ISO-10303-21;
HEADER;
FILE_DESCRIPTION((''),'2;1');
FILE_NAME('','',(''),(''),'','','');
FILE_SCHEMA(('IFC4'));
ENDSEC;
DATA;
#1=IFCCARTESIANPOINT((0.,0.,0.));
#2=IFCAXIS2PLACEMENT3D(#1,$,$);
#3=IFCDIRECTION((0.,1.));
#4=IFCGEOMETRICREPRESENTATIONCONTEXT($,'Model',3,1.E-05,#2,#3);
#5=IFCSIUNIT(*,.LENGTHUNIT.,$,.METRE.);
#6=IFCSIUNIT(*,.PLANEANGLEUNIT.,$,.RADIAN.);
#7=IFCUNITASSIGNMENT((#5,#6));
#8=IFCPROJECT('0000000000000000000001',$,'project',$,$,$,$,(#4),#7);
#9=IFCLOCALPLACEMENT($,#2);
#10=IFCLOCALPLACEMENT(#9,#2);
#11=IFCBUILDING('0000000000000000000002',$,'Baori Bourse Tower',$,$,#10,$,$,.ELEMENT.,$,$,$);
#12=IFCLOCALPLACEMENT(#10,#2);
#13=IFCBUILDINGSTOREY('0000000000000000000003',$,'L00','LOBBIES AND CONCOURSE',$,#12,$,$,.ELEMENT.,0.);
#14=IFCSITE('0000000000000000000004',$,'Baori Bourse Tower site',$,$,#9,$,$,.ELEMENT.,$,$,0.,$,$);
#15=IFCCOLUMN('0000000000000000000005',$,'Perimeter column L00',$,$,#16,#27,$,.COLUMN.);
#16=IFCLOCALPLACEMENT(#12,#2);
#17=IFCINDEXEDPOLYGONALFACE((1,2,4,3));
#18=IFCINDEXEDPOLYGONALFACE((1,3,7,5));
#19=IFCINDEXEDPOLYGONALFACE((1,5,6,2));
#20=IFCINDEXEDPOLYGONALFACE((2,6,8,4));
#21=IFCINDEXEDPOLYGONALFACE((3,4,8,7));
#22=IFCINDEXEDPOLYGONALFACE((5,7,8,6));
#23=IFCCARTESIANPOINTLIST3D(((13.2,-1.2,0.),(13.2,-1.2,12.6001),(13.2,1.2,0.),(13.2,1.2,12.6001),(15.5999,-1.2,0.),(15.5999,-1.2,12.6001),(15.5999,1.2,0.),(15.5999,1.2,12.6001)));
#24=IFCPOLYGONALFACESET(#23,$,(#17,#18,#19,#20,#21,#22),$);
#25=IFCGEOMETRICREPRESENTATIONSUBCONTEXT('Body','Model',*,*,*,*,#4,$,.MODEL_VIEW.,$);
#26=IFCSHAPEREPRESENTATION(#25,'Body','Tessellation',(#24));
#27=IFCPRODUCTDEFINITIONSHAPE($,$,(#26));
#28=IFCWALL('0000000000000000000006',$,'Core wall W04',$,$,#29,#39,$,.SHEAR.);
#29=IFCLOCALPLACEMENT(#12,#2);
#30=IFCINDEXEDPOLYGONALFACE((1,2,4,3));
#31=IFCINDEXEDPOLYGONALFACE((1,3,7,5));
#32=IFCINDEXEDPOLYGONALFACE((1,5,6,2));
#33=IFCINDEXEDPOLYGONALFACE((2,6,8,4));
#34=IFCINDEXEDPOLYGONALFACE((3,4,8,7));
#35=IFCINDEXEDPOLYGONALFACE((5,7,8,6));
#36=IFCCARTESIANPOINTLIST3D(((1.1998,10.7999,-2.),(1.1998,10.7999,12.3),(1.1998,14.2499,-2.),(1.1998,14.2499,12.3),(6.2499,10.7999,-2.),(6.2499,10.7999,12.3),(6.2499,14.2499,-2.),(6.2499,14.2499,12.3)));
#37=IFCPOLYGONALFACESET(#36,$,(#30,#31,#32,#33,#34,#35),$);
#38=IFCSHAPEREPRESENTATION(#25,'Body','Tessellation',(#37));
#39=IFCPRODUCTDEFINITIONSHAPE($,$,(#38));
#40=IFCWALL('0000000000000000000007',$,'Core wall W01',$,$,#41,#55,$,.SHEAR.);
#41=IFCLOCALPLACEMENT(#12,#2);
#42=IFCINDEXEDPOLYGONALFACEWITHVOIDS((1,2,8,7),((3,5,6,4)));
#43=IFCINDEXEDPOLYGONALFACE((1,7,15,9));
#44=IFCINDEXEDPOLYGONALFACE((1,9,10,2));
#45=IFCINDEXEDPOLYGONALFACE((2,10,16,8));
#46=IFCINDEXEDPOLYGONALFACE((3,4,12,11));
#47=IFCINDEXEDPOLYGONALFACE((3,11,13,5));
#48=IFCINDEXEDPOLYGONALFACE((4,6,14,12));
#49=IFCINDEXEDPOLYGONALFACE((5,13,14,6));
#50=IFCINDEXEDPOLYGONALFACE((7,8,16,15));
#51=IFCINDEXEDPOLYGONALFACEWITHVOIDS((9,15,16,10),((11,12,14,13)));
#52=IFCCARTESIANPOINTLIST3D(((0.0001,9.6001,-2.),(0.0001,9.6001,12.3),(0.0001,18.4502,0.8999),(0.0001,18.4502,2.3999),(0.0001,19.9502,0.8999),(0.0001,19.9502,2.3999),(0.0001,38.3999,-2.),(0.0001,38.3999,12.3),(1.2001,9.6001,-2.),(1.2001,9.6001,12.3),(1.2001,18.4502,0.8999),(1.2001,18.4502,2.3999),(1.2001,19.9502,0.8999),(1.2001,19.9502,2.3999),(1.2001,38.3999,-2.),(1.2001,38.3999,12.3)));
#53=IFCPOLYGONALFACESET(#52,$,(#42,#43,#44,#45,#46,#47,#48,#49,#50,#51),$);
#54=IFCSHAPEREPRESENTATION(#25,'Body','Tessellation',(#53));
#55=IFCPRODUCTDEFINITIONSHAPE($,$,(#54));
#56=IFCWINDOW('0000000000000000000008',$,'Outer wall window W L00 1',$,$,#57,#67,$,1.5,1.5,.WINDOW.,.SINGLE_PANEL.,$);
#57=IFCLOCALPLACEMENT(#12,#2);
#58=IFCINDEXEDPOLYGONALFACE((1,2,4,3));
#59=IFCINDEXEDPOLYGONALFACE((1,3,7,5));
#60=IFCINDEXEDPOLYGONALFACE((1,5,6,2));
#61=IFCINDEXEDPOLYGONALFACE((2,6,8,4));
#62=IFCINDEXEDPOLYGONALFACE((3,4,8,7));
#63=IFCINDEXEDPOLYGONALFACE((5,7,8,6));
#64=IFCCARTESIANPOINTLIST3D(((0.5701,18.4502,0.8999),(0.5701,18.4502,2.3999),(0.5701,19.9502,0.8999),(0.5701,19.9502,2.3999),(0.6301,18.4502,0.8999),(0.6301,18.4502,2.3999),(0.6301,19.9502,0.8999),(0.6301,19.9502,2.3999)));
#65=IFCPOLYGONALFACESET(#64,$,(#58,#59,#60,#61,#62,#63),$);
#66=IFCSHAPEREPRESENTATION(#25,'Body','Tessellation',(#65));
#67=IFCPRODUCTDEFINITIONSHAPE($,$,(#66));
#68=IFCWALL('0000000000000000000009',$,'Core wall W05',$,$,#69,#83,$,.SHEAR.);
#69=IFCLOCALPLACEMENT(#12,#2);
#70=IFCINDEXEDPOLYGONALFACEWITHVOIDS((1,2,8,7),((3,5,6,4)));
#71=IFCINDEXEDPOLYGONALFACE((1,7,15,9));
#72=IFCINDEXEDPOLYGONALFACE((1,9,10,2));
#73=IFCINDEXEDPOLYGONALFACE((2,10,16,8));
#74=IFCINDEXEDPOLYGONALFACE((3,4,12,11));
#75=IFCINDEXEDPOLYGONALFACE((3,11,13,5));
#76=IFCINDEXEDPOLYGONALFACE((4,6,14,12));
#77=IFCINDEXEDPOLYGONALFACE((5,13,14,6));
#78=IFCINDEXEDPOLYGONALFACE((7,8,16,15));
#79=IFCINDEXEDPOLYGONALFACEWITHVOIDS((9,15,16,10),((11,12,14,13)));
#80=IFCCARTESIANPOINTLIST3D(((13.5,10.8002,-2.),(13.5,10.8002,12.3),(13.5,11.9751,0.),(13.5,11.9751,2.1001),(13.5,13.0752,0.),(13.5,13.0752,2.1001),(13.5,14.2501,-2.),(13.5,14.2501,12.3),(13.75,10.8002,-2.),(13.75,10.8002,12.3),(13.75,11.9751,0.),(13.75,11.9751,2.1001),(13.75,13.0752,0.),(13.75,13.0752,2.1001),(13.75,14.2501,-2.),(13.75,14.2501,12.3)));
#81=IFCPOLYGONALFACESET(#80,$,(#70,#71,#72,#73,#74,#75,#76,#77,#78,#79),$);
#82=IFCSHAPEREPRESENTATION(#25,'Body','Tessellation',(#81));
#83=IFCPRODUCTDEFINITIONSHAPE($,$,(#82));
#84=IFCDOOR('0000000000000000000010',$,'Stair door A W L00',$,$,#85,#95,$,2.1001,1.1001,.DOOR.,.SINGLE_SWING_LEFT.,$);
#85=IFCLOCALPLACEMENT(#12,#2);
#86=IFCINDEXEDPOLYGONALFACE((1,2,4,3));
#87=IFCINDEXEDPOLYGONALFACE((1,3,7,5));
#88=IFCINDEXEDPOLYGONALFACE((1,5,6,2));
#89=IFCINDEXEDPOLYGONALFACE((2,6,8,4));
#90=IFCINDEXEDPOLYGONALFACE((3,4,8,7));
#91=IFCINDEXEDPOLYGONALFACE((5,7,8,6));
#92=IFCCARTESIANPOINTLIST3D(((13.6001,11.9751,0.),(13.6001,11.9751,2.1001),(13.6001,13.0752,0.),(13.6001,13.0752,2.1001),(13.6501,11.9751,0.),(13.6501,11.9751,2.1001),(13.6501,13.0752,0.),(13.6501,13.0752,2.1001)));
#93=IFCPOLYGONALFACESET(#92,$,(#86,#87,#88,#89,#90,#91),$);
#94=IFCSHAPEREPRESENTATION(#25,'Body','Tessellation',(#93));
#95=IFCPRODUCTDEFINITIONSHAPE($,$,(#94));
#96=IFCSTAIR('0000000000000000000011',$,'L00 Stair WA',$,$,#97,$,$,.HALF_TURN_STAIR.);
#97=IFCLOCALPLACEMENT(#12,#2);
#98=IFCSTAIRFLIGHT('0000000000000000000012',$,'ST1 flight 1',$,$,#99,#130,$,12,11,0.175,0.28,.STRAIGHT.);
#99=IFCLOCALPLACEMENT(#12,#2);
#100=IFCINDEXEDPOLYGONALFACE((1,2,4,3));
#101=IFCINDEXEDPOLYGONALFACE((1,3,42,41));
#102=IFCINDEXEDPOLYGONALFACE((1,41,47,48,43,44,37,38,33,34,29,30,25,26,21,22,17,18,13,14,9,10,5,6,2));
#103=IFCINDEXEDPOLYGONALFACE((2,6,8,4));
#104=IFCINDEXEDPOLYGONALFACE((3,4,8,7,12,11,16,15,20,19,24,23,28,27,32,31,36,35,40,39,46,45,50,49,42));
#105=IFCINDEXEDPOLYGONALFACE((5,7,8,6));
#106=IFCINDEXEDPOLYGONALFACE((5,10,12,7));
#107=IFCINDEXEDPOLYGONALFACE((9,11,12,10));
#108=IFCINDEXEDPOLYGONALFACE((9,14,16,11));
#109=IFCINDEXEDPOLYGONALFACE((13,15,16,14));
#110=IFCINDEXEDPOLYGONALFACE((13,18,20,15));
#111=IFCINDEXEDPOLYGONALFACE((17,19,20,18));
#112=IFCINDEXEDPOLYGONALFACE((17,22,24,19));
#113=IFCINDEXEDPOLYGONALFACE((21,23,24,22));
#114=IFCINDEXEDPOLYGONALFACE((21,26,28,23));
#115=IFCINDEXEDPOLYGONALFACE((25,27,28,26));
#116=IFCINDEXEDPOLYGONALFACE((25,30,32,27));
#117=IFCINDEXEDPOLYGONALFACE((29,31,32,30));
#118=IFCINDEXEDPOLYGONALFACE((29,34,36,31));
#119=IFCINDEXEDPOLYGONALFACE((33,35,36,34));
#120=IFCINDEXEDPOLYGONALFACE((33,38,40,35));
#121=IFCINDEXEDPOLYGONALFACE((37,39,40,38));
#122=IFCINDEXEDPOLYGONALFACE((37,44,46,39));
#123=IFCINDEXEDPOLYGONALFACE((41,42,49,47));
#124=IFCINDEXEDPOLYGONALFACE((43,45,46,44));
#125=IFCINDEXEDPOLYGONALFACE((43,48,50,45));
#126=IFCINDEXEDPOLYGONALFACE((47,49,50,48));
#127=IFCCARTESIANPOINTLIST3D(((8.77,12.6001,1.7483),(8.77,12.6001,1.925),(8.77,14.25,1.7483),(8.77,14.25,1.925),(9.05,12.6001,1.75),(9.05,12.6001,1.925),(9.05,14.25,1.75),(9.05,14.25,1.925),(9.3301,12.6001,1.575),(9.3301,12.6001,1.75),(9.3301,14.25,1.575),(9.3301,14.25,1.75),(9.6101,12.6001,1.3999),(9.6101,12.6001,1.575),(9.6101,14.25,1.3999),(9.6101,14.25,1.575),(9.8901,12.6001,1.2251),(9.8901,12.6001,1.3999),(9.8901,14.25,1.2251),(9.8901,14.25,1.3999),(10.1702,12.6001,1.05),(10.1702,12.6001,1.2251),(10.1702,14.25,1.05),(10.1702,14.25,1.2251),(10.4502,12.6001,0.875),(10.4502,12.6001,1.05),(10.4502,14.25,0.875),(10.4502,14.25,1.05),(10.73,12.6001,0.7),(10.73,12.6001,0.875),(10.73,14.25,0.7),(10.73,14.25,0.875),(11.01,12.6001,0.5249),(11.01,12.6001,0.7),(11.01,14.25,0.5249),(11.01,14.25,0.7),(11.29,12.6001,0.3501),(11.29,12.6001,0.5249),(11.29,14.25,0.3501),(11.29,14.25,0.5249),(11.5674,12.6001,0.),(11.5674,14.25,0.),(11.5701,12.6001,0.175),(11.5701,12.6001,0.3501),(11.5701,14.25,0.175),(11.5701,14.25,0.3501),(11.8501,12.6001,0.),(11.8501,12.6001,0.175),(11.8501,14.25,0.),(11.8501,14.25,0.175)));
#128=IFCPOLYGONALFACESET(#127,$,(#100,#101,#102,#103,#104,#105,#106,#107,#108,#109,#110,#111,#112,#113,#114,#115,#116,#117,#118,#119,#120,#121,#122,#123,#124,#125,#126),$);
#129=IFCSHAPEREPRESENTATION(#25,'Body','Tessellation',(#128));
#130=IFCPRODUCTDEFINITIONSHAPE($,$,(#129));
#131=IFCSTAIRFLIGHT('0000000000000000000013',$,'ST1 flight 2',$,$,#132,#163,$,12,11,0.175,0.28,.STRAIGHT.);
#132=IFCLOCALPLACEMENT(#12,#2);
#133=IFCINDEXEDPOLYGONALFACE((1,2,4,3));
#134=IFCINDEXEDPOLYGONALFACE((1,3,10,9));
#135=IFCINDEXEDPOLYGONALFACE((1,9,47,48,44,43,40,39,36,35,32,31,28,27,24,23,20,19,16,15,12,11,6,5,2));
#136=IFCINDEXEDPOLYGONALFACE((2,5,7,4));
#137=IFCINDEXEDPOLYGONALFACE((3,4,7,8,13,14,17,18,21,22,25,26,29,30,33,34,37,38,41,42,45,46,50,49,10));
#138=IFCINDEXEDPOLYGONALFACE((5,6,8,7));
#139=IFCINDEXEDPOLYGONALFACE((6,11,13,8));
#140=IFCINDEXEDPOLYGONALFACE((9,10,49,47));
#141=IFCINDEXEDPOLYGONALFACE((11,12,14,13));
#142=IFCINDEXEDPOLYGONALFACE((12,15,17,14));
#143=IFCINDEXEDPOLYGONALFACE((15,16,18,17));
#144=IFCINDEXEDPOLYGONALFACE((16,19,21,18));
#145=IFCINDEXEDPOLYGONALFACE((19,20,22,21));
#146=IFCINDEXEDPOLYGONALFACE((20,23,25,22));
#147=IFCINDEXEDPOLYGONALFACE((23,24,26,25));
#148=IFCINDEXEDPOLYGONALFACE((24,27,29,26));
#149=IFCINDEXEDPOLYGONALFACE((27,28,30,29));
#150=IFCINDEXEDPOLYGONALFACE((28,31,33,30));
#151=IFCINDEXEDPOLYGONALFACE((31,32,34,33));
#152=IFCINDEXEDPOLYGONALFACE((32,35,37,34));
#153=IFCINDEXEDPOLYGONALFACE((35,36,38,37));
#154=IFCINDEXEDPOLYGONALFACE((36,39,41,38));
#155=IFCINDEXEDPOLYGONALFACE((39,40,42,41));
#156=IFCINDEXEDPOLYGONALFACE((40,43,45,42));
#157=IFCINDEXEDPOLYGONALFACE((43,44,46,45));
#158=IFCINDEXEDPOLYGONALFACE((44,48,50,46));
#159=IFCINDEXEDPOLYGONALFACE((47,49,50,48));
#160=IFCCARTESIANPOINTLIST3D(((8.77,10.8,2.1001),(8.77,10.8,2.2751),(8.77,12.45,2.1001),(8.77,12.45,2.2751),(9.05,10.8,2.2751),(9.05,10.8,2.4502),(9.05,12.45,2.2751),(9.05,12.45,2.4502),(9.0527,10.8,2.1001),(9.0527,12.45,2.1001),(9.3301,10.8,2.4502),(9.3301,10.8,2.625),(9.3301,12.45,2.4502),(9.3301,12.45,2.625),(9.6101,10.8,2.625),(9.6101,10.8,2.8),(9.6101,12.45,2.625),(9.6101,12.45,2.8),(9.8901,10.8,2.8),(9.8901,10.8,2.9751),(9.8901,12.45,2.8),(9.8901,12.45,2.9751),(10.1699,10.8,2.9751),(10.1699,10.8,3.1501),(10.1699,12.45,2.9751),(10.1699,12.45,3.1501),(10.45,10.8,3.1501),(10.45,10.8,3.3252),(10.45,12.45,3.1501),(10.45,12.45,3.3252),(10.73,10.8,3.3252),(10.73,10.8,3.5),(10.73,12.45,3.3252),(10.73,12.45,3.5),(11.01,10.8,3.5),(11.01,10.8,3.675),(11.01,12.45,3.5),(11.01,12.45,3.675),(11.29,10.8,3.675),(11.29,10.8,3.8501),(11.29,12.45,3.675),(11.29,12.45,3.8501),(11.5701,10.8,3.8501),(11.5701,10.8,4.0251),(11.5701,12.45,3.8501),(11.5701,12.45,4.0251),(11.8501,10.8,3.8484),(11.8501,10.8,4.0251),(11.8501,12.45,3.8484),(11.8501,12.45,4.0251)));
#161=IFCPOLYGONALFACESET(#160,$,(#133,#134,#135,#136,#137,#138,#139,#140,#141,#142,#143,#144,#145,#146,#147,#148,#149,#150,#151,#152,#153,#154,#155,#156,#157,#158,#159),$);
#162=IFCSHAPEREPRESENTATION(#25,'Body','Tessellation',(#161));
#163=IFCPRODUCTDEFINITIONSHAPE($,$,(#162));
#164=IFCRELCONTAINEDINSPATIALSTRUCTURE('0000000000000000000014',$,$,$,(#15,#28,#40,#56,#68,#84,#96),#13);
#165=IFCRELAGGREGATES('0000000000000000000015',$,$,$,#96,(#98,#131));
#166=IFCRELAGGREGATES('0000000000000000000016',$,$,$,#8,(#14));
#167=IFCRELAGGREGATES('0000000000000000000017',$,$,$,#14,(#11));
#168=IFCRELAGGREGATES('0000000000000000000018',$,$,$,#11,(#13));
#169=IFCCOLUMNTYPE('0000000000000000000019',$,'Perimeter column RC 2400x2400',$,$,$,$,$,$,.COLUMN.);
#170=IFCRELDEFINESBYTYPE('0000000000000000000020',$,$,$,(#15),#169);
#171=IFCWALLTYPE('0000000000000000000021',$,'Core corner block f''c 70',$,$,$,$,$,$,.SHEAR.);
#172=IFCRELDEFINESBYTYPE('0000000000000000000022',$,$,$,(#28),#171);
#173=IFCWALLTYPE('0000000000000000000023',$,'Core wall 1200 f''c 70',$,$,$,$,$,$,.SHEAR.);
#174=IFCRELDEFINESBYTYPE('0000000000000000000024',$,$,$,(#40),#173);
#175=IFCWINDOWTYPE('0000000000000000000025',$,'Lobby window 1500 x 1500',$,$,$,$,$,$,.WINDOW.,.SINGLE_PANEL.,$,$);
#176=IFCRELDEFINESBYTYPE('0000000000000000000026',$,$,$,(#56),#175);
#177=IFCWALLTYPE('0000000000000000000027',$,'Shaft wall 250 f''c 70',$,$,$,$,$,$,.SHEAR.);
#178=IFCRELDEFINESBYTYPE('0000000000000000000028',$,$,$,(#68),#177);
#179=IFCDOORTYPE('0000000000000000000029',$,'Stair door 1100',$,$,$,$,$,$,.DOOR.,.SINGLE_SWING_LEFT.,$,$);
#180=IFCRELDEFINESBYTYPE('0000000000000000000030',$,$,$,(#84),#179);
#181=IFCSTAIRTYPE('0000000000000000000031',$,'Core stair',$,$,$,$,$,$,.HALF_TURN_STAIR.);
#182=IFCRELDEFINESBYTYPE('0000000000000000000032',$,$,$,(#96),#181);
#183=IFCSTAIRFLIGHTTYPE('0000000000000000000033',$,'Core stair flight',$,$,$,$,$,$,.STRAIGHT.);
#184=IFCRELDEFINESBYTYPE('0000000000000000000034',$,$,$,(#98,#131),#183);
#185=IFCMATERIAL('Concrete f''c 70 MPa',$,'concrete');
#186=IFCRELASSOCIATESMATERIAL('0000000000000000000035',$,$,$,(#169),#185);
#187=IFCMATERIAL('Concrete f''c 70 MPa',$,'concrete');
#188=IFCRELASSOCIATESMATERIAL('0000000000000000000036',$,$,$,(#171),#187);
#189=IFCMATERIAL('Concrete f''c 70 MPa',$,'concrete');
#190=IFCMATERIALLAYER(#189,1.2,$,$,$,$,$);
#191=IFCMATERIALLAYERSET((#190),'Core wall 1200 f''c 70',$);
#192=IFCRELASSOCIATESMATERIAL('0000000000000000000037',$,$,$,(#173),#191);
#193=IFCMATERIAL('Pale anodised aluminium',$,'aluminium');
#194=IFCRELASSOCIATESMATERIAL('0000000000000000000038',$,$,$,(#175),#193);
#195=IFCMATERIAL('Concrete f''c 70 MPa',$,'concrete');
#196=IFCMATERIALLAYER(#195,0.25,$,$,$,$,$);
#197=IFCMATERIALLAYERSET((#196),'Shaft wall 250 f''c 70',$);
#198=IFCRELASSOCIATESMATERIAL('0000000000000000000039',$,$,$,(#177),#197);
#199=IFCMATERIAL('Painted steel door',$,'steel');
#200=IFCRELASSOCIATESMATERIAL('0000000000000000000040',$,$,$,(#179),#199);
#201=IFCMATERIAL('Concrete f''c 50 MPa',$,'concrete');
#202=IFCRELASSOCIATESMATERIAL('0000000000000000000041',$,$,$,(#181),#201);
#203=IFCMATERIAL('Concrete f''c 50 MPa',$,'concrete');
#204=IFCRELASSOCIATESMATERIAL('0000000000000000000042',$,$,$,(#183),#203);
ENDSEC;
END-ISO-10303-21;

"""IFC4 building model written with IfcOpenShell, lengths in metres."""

from ifc_helpers import new_model, si_unit, direction, frame, frame_2d, origin, origin_2d, place, context, subcontext, project, spatial, polyline, rectangle, outline, extrude, material, layer, layer_set, material_profile, profile_set, type_object, element, fill, aggregate, save


model = new_model("IFC4")

# Units and contexts
model_context = context("Model", 3, precision=1e-05, world=origin(), true_north=direction((0.0, 1.0)))
body_context = subcontext(model_context, "Body", "Model", "MODEL_VIEW")
ifc_project = project(units=[si_unit("LENGTHUNIT", "METRE"), si_unit("PLANEANGLEUNIT", "RADIAN")], contexts=[model_context])

# Site, building, storey
site_placement = place(None, origin())
site = spatial("IfcSite", under=ifc_project, at=site_placement, Name="Baori Bourse Tower site", CompositionType="ELEMENT", RefElevation=0.0)
building_placement = place(site_placement, origin())
building = spatial("IfcBuilding", under=site, at=building_placement, Name="Baori Bourse Tower", CompositionType="ELEMENT")
storey_placement = place(building_placement, origin())
storey = spatial("IfcBuildingStorey", under=building, at=storey_placement, Name="L00", Description="LOBBIES AND CONCOURSE", CompositionType="ELEMENT", Elevation=0.0)

# Column
ifc_material_1 = material(Name="Concrete f'c 70 MPa", Category="concrete")
ifc_material_profile_1 = material_profile(ifc_material_1, rectangle(XDim=2.3999, YDim=2.3999, at=origin_2d()), Name="RC 2400x2400")
ifc_profile_set_1 = profile_set([ifc_material_profile_1], Name="Concrete f'c 70 MPa")
column_type_1 = type_object("IfcColumnType", Name="Perimeter column RC 2400x2400", PredefinedType="COLUMN", material=ifc_profile_set_1)
for number, where, z_axis, x_axis, name in (
    (1, (14.3999, 0.0, 0.0), (0.0, 0.0, 1.0), (1.0, 0.0, 0.0), "Perimeter column L00"),
):
    element("IfcColumn", number, at=place(storey_placement, frame(where, z_axis=z_axis, x_axis=x_axis)), inside=storey, type_object=column_type_1, Name=name, PredefinedType="COLUMN", context=body_context, shape_type="SweptSolid", body=[
        extrude(rectangle(XDim=2.3999, YDim=2.3999, at=origin_2d()), origin(), (0.0, 0.0, 1.0), 12.6001),
    ])

# Wall
ifc_material_2 = material(Name="Concrete f'c 70 MPa", Category="concrete")
wall_type_1 = type_object("IfcWallType", Name="Core corner block f'c 70", PredefinedType="SHEAR", material=ifc_material_2)
wall_1_placement = place(storey_placement, frame((1.2, 12.5249, -2.0), z_axis=(0.0, 0.0, 1.0), x_axis=(1.0, 0.0, 0.0)))
element("IfcWall", 2, at=wall_1_placement, inside=storey, type_object=wall_type_1, Name="Core wall W04", PredefinedType="SHEAR", context=body_context, shape_type="SweptSolid", body=[
    extrude(rectangle(XDim=5.05, YDim=3.45, at=frame_2d((2.5249, 0.0))), origin(), (0.0, 0.0, 1.0), 14.3),
])

# Wall, opening, window
ifc_material_3 = material(Name="Concrete f'c 70 MPa", Category="concrete")
ifc_layer_1 = layer(ifc_material_3, 1.2)
ifc_layer_set_1 = layer_set([ifc_layer_1], Name="Core wall 1200 f'c 70")
wall_type_2 = type_object("IfcWallType", Name="Core wall 1200 f'c 70", PredefinedType="SHEAR", material=ifc_layer_set_1)
wall_2_placement = place(storey_placement, frame((0.6001, 9.6001, -2.0), z_axis=(0.0, 0.0, 1.0), x_axis=(0.0, 1.0, 0.0)))
wall_2 = element("IfcWall", 3, at=wall_2_placement, inside=storey, type_object=wall_type_2, Name="Core wall W01", PredefinedType="SHEAR", context=body_context, shape_type="SweptSolid", body=[
    extrude(rectangle(XDim=28.7998, YDim=1.2, at=frame_2d((14.3999, 0.0))), origin(), (0.0, 0.0, 1.0), 14.3),
])
opening_1_placement = place(wall_2_placement, frame((8.8501, 0.0, 2.8999)))
opening_1 = element("IfcOpeningElement", 4, at=opening_1_placement, cuts=wall_2, PredefinedType="OPENING", context=body_context, shape_type="SweptSolid", body=[
    extrude(rectangle(XDim=1.5, YDim=1.5, at=frame_2d((0.75, 0.75))), frame((0.0, 0.6099, 0.0), z_axis=(0.0, -1.0, 0.0), x_axis=(1.0, 0.0, 0.0)), (0.0, 0.0, 1.0), 1.22),
])
ifc_material_4 = material(Name="Pale anodised aluminium", Category="aluminium")
window_type = type_object("IfcWindowType", Name="Lobby window 1500 x 1500", PartitioningType="SINGLE_PANEL", PredefinedType="WINDOW", material=ifc_material_4)
window_placement = place(opening_1_placement, origin())
window = element("IfcWindow", 5, at=window_placement, inside=storey, type_object=window_type, Name="Outer wall window W L00 1", OverallHeight=1.5, OverallWidth=1.5, PartitioningType="SINGLE_PANEL", PredefinedType="WINDOW", context=body_context, shape_type="SweptSolid", body=[
    extrude(rectangle(XDim=1.5, YDim=1.5, at=frame_2d((0.75, 0.75))), frame((0.0, 0.03, 0.0), z_axis=(0.0, -1.0, 0.0), x_axis=(1.0, 0.0, 0.0)), (0.0, 0.0, 1.0), 0.0601),
])
fill(opening_1, window)

# Wall, opening, door
ifc_material_5 = material(Name="Concrete f'c 70 MPa", Category="concrete")
ifc_layer_2 = layer(ifc_material_5, 0.25)
ifc_layer_set_2 = layer_set([ifc_layer_2], Name="Shaft wall 250 f'c 70")
wall_type_3 = type_object("IfcWallType", Name="Shaft wall 250 f'c 70", PredefinedType="SHEAR", material=ifc_layer_set_2)
wall_3_placement = place(storey_placement, frame((13.625, 10.8, -2.0), z_axis=(0.0, 0.0, 1.0), x_axis=(0.0, 1.0, 0.0)))
wall_3 = element("IfcWall", 6, at=wall_3_placement, inside=storey, type_object=wall_type_3, Name="Core wall W05", PredefinedType="SHEAR", context=body_context, shape_type="SweptSolid", body=[
    extrude(rectangle(XDim=3.45, YDim=0.25, at=frame_2d((1.7251, 0.0))), origin(), (0.0, 0.0, 1.0), 14.3),
])
opening_2_placement = place(wall_3_placement, frame((1.175, 0.0, 2.0)))
opening_2 = element("IfcOpeningElement", 7, at=opening_2_placement, cuts=wall_3, PredefinedType="OPENING", context=body_context, shape_type="SweptSolid", body=[
    extrude(rectangle(XDim=1.1001, YDim=2.1001, at=frame_2d((0.55, 1.05))), frame((0.0, 0.135, 0.0), z_axis=(0.0, -1.0, 0.0), x_axis=(1.0, 0.0, 0.0)), (0.0, 0.0, 1.0), 0.27),
])
ifc_material_6 = material(Name="Painted steel door", Category="steel")
door_type = type_object("IfcDoorType", Name="Stair door 1100", OperationType="SINGLE_SWING_LEFT", PredefinedType="DOOR", material=ifc_material_6)
door_placement = place(opening_2_placement, origin())
door = element("IfcDoor", 8, at=door_placement, inside=storey, type_object=door_type, Name="Stair door A W L00", OperationType="SINGLE_SWING_LEFT", OverallHeight=2.1001, OverallWidth=1.1001, PredefinedType="DOOR", context=body_context, shape_type="SweptSolid", body=[
    extrude(rectangle(XDim=1.1001, YDim=2.1001, at=frame_2d((0.55, 1.05))), frame((0.0, 0.0249, 0.0), z_axis=(0.0, -1.0, 0.0), x_axis=(1.0, 0.0, 0.0)), (0.0, 0.0, 1.0), 0.05),
])
fill(opening_2, door)

# Stair, stair flights
ifc_material_7 = material(Name="Concrete f'c 50 MPa", Category="concrete")
stair_type = type_object("IfcStairType", Name="Core stair", PredefinedType="HALF_TURN_STAIR", material=ifc_material_7)
stair_placement = place(storey_placement, origin())
stair = element("IfcStair", 9, at=stair_placement, inside=storey, type_object=stair_type, Name="L00 Stair WA", PredefinedType="HALF_TURN_STAIR")
ifc_material_8 = material(Name="Concrete f'c 50 MPa", Category="concrete")
stair_flight_type = type_object("IfcStairFlightType", Name="Core stair flight", PredefinedType="STRAIGHT", material=ifc_material_8)
stair_flight_1_placement = place(storey_placement, frame((11.8501, 13.425, 0.0), z_axis=(0.0, 0.0, 1.0), x_axis=(-1.0, 0.0, 0.0)))
stair_flight_1 = element("IfcStairFlight", 10, at=stair_flight_1_placement, type_object=stair_flight_type, Name="ST1 flight 1", NumberOfRisers=12, NumberOfTreads=11, PredefinedType="STRAIGHT", RiserHeight=0.175, TreadLength=0.28, context=body_context, shape_type="SweptSolid", body=[
    extrude(outline(polyline([(0.0, 0.0), (0.0, 0.175), (0.28, 0.175), (0.28, 0.3501), (0.5601, 0.3501), (0.5601, 0.5249), (0.8401, 0.5249), (0.8401, 0.7), (1.1201, 0.7), (1.1201, 0.875), (1.3999, 0.875), (1.3999, 1.05), (1.6799, 1.05), (1.6799, 1.2251), (1.96, 1.2251), (1.96, 1.3999), (2.24, 1.3999), (2.24, 1.575), (2.52, 1.575), (2.52, 1.75), (2.8, 1.75), (2.8, 1.925), (3.0801, 1.925), (3.0801, 2.1001), (3.0801, 1.7483), (0.2827, 0.0), (0.0, 0.0)])), frame((0.0, 0.825, 0.0), z_axis=(0.0, -1.0, 0.0), x_axis=(1.0, 0.0, 0.0)), (0.0, 0.0, 1.0), 1.6499),
])
stair_flight_2_placement = place(storey_placement, frame((8.77, 11.625, 2.1001), z_axis=(0.0, 0.0, 1.0), x_axis=(1.0, 0.0, 0.0)))
stair_flight_2 = element("IfcStairFlight", 11, at=stair_flight_2_placement, type_object=stair_flight_type, Name="ST1 flight 2", NumberOfRisers=12, NumberOfTreads=11, PredefinedType="STRAIGHT", RiserHeight=0.175, TreadLength=0.28, context=body_context, shape_type="SweptSolid", body=[
    extrude(outline(polyline([(0.0, 0.0), (0.0, 0.175), (0.28, 0.175), (0.28, 0.3501), (0.5601, 0.3501), (0.5601, 0.5249), (0.8401, 0.5249), (0.8401, 0.7), (1.1201, 0.7), (1.1201, 0.875), (1.3999, 0.875), (1.3999, 1.05), (1.6799, 1.05), (1.6799, 1.2251), (1.96, 1.2251), (1.96, 1.3999), (2.24, 1.3999), (2.24, 1.575), (2.52, 1.575), (2.52, 1.75), (2.8, 1.75), (2.8, 1.925), (3.0801, 1.925), (3.0801, 2.1001), (3.0801, 1.7483), (0.2827, 0.0), (0.0, 0.0)])), frame((0.0, 0.825, 0.0), z_axis=(0.0, -1.0, 0.0), x_axis=(1.0, 0.0, 0.0)), (0.0, 0.0, 1.0), 1.6499),
])
aggregate(stair, [stair_flight_1, stair_flight_2])

save(model, "model.ifc")
